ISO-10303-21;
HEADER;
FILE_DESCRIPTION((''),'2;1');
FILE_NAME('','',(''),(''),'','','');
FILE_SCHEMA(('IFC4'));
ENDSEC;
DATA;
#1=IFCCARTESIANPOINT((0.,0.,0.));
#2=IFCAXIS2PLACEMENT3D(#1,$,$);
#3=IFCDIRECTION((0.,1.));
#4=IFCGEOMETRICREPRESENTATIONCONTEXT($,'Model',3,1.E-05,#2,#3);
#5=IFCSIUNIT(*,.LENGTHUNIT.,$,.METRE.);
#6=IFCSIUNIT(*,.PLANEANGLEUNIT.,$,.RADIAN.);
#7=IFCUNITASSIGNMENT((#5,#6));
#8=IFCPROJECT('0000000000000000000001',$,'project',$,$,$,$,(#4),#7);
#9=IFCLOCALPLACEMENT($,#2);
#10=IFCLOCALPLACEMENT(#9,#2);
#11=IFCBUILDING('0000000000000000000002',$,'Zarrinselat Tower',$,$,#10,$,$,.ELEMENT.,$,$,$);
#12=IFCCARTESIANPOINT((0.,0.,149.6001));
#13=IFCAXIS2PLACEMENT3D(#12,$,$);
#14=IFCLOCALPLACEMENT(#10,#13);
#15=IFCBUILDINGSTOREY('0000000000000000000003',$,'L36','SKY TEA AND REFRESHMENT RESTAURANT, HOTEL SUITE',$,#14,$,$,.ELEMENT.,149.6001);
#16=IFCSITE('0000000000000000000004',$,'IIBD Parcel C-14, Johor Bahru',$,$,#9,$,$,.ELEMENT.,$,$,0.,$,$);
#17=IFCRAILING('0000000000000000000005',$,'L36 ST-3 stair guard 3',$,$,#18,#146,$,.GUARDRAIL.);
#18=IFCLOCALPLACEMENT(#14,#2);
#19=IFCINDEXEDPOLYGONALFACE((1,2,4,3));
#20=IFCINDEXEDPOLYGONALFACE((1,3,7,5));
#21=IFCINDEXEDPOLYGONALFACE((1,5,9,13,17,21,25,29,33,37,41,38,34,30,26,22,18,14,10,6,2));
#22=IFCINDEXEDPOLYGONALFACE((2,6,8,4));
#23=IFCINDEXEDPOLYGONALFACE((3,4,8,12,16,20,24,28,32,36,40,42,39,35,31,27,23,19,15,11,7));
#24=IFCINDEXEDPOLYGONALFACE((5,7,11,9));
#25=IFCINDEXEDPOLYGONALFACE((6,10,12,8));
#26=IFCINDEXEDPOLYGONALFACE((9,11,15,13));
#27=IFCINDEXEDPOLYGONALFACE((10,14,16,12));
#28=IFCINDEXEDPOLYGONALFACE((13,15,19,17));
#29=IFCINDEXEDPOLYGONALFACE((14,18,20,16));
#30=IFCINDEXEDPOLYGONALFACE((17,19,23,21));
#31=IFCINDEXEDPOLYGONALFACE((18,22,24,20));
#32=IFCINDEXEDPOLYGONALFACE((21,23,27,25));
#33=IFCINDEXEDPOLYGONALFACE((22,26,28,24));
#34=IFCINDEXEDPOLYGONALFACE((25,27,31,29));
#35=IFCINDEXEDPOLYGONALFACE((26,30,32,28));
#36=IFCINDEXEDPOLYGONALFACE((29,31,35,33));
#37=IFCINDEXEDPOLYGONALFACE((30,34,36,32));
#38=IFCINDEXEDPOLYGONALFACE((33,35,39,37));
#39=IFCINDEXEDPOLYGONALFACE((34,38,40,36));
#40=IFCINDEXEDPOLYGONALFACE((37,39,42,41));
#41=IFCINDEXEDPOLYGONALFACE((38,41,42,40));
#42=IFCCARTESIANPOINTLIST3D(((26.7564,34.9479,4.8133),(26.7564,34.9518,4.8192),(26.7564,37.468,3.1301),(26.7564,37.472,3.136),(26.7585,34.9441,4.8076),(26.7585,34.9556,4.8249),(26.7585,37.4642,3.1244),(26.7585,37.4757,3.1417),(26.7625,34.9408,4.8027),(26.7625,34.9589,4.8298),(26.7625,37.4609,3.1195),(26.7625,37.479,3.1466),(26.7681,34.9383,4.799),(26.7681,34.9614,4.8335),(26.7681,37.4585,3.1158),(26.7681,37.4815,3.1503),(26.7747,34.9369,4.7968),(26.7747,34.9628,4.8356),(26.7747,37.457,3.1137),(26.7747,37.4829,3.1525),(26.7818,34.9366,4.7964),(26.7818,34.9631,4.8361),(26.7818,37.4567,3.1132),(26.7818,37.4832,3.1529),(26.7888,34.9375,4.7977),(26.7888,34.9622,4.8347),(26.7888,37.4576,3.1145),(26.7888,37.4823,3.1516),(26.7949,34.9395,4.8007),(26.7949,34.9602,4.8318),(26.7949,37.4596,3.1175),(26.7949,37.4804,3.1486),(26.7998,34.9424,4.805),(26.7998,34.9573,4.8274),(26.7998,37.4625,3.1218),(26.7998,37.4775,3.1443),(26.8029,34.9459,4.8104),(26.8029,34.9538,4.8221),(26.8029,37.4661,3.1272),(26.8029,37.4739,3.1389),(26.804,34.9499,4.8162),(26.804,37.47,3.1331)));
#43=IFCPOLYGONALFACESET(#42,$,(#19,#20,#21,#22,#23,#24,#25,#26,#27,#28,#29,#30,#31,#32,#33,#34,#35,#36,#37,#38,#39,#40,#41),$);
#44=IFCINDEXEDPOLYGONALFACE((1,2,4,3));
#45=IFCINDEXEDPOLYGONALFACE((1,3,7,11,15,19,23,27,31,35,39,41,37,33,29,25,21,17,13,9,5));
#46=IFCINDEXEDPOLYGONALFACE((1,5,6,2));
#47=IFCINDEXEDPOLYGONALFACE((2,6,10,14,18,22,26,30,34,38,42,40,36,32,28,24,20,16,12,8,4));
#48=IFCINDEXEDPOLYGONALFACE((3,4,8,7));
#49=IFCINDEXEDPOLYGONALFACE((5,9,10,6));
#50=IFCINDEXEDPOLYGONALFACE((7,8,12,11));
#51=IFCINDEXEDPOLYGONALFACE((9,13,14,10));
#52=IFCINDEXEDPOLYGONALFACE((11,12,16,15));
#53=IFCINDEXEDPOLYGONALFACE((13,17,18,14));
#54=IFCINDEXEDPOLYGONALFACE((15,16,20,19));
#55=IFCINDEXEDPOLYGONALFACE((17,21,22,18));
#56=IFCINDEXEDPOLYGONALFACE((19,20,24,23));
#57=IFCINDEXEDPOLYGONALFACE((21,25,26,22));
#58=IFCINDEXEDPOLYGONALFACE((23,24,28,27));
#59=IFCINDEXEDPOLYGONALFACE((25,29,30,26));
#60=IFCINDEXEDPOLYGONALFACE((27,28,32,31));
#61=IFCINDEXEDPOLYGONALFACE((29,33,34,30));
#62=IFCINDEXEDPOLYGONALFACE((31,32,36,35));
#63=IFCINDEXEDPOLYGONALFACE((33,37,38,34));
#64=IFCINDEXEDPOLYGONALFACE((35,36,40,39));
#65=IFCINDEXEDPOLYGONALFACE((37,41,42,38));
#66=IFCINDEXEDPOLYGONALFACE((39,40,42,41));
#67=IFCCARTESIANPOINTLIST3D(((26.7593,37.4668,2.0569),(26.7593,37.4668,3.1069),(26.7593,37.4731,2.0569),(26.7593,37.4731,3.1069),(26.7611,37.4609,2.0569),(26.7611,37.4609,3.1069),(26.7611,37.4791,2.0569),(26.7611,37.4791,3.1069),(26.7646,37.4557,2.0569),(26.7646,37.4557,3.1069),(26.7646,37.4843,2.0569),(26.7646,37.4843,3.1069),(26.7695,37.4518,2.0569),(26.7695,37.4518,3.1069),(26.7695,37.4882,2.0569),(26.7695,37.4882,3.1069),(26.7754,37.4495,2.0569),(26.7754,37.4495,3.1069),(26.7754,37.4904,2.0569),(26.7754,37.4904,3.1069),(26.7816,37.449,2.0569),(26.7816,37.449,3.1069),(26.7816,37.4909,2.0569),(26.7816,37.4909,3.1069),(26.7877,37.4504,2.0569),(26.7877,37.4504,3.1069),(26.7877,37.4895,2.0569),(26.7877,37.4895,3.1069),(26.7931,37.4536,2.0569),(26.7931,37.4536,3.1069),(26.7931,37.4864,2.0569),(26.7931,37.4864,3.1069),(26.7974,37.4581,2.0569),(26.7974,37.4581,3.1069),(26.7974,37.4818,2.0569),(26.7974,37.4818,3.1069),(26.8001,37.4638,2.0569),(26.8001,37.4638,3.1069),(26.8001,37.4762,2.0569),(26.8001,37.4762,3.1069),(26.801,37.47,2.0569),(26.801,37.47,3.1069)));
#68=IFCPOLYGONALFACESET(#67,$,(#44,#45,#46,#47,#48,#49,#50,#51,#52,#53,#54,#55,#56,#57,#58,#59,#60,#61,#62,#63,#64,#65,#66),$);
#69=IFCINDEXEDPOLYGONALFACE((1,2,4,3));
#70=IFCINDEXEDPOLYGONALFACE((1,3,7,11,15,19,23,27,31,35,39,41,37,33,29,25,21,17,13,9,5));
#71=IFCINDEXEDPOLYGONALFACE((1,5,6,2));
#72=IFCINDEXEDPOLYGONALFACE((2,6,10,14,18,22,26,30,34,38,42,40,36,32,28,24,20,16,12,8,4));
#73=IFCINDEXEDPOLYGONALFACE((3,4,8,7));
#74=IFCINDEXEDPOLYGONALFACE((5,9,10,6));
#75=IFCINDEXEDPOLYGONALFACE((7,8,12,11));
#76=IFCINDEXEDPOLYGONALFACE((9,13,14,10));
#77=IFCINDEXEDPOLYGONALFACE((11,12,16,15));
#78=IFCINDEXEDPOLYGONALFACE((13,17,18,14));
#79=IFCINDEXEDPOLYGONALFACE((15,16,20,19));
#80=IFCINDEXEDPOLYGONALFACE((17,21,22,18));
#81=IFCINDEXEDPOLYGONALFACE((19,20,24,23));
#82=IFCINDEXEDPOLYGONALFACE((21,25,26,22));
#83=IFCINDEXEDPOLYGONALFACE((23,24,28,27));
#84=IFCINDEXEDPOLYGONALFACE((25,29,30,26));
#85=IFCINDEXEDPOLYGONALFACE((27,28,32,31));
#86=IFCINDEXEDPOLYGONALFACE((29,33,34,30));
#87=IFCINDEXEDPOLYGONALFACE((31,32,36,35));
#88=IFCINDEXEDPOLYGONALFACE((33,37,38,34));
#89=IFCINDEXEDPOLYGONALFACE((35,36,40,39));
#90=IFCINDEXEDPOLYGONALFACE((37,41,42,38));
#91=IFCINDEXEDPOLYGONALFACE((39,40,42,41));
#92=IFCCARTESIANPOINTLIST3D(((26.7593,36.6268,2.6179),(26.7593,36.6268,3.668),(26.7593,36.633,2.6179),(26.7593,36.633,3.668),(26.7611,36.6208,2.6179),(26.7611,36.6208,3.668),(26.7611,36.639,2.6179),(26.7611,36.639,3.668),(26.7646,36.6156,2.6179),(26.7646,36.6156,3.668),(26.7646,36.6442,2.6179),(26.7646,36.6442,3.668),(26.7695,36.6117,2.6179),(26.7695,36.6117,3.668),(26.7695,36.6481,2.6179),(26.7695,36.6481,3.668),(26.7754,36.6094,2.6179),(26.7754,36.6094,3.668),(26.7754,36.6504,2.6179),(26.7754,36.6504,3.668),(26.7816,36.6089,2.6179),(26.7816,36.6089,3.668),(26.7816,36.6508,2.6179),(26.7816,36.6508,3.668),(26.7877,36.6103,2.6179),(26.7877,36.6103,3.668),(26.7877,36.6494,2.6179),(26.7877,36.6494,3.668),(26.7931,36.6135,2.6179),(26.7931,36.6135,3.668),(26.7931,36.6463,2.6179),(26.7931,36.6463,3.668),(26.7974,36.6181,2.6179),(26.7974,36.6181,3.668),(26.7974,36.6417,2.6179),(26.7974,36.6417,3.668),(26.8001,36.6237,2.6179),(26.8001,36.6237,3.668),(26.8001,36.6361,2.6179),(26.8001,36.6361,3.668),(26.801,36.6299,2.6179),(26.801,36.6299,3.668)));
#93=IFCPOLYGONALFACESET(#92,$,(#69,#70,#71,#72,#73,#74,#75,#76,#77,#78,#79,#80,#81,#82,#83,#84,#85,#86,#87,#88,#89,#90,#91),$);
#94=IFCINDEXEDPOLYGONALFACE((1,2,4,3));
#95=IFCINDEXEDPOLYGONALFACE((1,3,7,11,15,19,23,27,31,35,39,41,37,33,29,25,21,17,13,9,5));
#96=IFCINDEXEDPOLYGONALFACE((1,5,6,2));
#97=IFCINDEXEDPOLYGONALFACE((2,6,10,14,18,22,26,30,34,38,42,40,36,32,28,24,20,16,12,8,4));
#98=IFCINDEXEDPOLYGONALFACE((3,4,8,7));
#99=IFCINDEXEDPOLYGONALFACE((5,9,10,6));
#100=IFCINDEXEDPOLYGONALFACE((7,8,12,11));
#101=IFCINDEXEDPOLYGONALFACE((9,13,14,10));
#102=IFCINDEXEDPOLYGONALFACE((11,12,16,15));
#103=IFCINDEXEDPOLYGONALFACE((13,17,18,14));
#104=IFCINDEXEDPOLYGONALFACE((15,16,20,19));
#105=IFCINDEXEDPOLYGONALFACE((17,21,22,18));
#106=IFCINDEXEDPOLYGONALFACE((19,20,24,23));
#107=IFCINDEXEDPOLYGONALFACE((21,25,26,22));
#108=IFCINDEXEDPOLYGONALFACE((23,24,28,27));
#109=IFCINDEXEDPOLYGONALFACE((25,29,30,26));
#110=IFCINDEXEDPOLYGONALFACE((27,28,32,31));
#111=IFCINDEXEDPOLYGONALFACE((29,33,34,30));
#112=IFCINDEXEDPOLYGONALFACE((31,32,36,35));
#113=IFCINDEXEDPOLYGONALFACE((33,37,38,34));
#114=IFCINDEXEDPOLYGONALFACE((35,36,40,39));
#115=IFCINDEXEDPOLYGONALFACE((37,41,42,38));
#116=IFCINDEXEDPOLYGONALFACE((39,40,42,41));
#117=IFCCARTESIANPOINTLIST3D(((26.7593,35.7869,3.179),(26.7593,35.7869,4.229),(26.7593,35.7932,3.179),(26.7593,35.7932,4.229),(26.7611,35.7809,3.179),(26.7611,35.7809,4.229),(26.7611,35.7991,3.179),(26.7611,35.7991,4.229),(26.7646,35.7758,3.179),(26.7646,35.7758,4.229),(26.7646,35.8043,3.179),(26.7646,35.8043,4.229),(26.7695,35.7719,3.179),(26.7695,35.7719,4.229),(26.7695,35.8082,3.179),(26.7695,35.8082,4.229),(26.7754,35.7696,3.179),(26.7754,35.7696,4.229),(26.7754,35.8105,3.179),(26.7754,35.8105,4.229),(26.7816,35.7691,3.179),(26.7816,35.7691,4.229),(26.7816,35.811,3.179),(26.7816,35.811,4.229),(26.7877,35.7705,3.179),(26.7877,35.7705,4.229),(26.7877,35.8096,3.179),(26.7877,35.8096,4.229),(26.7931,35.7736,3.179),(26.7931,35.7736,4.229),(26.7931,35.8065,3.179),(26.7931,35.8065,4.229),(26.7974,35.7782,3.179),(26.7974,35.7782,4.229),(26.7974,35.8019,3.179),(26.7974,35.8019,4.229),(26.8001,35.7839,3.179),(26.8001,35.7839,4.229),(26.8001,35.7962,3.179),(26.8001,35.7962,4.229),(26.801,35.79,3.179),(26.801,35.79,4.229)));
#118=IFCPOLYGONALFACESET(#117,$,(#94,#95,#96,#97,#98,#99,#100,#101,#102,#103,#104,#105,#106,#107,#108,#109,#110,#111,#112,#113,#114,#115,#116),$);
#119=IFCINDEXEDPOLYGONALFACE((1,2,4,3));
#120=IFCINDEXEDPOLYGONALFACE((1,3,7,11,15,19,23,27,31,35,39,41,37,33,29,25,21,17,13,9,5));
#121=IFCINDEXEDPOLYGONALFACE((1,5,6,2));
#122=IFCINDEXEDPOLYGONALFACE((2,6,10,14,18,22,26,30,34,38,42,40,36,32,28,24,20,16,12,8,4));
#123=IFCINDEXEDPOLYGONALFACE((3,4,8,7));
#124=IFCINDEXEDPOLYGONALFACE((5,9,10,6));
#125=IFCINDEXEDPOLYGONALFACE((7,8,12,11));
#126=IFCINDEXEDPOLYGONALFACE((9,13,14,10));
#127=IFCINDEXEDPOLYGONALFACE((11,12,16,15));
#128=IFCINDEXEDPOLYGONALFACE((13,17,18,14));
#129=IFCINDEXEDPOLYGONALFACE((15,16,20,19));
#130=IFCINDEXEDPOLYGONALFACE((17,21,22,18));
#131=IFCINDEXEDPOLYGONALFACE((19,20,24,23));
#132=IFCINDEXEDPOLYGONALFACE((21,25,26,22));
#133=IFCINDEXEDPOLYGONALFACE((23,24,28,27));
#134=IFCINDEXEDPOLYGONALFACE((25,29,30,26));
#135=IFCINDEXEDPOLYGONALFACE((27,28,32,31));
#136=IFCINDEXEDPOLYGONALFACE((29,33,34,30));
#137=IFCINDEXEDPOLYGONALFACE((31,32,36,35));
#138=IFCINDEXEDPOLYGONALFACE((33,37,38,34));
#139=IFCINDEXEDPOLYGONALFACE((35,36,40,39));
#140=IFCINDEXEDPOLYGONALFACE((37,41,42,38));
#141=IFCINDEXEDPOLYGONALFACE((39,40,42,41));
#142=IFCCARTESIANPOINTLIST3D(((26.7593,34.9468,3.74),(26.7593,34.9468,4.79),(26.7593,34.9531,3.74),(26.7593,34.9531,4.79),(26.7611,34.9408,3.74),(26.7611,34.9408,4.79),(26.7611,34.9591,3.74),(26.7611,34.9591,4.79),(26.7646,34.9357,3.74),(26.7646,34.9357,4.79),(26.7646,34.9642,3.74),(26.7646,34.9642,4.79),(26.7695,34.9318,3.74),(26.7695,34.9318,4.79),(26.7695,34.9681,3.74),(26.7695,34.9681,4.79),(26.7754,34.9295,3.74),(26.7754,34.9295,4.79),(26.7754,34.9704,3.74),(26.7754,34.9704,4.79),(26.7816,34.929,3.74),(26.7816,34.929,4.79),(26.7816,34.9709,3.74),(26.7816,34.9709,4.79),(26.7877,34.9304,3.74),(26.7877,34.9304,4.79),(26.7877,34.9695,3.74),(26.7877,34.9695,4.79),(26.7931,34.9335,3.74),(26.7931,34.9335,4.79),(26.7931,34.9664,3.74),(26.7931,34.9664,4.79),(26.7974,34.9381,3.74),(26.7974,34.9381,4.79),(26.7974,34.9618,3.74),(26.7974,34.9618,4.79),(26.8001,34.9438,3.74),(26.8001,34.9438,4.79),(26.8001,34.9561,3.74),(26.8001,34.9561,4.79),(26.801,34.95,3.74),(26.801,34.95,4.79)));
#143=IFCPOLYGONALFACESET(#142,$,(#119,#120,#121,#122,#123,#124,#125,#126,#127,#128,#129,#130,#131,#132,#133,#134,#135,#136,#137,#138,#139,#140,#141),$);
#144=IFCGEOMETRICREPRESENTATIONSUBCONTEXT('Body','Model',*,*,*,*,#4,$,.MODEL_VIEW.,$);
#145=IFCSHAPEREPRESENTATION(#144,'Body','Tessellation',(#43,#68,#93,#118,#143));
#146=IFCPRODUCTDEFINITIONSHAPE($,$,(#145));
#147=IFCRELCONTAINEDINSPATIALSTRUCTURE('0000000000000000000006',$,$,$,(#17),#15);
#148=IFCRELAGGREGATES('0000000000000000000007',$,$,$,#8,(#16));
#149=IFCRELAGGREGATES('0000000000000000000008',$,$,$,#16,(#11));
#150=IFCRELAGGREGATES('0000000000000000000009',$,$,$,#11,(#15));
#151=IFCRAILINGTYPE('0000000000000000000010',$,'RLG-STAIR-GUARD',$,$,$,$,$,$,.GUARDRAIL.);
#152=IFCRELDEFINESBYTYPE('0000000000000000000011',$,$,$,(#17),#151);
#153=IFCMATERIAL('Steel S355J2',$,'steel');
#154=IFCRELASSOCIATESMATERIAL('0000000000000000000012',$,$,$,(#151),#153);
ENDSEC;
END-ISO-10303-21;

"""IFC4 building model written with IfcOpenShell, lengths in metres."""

from ifc_helpers import new_model, si_unit, direction, frame, origin, origin_2d, place, context, subcontext, project, spatial, circle, extrude, material, type_object, element, save


model = new_model("IFC4")

# Units and contexts
model_context = context("Model", 3, precision=1e-05, world=origin(), true_north=direction((0.0, 1.0)))
body_context = subcontext(model_context, "Body", "Model", "MODEL_VIEW")
ifc_project = project(units=[si_unit("LENGTHUNIT", "METRE"), si_unit("PLANEANGLEUNIT", "RADIAN")], contexts=[model_context])

# Site, building, storey
site_placement = place(None, origin())
site = spatial("IfcSite", under=ifc_project, at=site_placement, Name="IIBD Parcel C-14, Johor Bahru", CompositionType="ELEMENT", RefElevation=0.0)
building_placement = place(site_placement, origin())
building = spatial("IfcBuilding", under=site, at=building_placement, Name="Zarrinselat Tower", CompositionType="ELEMENT")
storey_placement = place(building_placement, frame((0.0, 0.0, 149.6001)))
storey = spatial("IfcBuildingStorey", under=building, at=storey_placement, Name="L36", Description="SKY TEA AND REFRESHMENT RESTAURANT, HOTEL SUITE", CompositionType="ELEMENT", Elevation=149.6001)

# Railing
ifc_material_1 = material(Name="Steel S355J2", Category="steel")
railing_type_1 = type_object("IfcRailingType", Name="RLG-STAIR-GUARD", PredefinedType="GUARDRAIL", material=ifc_material_1)
railing_1_placement = place(storey_placement, frame((26.78, 37.47, 2.0569)))
element("IfcRailing", 1, at=railing_1_placement, inside=storey, type_object=railing_type_1, Name="L36 ST-3 stair guard 3", PredefinedType="GUARDRAIL", context=body_context, shape_type="SweptSolid", body=[
    extrude(circle(Radius=0.0239, at=origin_2d()), frame((0.0, 0.0, 1.0762), z_axis=(0.0, -0.831579, 0.555406), x_axis=(1.0, 0.0, 0.0)), (0.0, 0.0, 1.0), 3.0305),
    extrude(circle(Radius=0.021, at=origin_2d()), origin(), (0.0, 0.0, 1.0), 1.05),
    extrude(circle(Radius=0.021, at=origin_2d()), frame((0.0, -0.8401, 0.561)), (0.0, 0.0, 1.0), 1.05),
    extrude(circle(Radius=0.021, at=origin_2d()), frame((0.0, -1.6799, 1.1221)), (0.0, 0.0, 1.0), 1.05),
    extrude(circle(Radius=0.021, at=origin_2d()), frame((0.0, -2.52, 1.6831)), (0.0, 0.0, 1.0), 1.05),
])

save(model, "model.ifc")
